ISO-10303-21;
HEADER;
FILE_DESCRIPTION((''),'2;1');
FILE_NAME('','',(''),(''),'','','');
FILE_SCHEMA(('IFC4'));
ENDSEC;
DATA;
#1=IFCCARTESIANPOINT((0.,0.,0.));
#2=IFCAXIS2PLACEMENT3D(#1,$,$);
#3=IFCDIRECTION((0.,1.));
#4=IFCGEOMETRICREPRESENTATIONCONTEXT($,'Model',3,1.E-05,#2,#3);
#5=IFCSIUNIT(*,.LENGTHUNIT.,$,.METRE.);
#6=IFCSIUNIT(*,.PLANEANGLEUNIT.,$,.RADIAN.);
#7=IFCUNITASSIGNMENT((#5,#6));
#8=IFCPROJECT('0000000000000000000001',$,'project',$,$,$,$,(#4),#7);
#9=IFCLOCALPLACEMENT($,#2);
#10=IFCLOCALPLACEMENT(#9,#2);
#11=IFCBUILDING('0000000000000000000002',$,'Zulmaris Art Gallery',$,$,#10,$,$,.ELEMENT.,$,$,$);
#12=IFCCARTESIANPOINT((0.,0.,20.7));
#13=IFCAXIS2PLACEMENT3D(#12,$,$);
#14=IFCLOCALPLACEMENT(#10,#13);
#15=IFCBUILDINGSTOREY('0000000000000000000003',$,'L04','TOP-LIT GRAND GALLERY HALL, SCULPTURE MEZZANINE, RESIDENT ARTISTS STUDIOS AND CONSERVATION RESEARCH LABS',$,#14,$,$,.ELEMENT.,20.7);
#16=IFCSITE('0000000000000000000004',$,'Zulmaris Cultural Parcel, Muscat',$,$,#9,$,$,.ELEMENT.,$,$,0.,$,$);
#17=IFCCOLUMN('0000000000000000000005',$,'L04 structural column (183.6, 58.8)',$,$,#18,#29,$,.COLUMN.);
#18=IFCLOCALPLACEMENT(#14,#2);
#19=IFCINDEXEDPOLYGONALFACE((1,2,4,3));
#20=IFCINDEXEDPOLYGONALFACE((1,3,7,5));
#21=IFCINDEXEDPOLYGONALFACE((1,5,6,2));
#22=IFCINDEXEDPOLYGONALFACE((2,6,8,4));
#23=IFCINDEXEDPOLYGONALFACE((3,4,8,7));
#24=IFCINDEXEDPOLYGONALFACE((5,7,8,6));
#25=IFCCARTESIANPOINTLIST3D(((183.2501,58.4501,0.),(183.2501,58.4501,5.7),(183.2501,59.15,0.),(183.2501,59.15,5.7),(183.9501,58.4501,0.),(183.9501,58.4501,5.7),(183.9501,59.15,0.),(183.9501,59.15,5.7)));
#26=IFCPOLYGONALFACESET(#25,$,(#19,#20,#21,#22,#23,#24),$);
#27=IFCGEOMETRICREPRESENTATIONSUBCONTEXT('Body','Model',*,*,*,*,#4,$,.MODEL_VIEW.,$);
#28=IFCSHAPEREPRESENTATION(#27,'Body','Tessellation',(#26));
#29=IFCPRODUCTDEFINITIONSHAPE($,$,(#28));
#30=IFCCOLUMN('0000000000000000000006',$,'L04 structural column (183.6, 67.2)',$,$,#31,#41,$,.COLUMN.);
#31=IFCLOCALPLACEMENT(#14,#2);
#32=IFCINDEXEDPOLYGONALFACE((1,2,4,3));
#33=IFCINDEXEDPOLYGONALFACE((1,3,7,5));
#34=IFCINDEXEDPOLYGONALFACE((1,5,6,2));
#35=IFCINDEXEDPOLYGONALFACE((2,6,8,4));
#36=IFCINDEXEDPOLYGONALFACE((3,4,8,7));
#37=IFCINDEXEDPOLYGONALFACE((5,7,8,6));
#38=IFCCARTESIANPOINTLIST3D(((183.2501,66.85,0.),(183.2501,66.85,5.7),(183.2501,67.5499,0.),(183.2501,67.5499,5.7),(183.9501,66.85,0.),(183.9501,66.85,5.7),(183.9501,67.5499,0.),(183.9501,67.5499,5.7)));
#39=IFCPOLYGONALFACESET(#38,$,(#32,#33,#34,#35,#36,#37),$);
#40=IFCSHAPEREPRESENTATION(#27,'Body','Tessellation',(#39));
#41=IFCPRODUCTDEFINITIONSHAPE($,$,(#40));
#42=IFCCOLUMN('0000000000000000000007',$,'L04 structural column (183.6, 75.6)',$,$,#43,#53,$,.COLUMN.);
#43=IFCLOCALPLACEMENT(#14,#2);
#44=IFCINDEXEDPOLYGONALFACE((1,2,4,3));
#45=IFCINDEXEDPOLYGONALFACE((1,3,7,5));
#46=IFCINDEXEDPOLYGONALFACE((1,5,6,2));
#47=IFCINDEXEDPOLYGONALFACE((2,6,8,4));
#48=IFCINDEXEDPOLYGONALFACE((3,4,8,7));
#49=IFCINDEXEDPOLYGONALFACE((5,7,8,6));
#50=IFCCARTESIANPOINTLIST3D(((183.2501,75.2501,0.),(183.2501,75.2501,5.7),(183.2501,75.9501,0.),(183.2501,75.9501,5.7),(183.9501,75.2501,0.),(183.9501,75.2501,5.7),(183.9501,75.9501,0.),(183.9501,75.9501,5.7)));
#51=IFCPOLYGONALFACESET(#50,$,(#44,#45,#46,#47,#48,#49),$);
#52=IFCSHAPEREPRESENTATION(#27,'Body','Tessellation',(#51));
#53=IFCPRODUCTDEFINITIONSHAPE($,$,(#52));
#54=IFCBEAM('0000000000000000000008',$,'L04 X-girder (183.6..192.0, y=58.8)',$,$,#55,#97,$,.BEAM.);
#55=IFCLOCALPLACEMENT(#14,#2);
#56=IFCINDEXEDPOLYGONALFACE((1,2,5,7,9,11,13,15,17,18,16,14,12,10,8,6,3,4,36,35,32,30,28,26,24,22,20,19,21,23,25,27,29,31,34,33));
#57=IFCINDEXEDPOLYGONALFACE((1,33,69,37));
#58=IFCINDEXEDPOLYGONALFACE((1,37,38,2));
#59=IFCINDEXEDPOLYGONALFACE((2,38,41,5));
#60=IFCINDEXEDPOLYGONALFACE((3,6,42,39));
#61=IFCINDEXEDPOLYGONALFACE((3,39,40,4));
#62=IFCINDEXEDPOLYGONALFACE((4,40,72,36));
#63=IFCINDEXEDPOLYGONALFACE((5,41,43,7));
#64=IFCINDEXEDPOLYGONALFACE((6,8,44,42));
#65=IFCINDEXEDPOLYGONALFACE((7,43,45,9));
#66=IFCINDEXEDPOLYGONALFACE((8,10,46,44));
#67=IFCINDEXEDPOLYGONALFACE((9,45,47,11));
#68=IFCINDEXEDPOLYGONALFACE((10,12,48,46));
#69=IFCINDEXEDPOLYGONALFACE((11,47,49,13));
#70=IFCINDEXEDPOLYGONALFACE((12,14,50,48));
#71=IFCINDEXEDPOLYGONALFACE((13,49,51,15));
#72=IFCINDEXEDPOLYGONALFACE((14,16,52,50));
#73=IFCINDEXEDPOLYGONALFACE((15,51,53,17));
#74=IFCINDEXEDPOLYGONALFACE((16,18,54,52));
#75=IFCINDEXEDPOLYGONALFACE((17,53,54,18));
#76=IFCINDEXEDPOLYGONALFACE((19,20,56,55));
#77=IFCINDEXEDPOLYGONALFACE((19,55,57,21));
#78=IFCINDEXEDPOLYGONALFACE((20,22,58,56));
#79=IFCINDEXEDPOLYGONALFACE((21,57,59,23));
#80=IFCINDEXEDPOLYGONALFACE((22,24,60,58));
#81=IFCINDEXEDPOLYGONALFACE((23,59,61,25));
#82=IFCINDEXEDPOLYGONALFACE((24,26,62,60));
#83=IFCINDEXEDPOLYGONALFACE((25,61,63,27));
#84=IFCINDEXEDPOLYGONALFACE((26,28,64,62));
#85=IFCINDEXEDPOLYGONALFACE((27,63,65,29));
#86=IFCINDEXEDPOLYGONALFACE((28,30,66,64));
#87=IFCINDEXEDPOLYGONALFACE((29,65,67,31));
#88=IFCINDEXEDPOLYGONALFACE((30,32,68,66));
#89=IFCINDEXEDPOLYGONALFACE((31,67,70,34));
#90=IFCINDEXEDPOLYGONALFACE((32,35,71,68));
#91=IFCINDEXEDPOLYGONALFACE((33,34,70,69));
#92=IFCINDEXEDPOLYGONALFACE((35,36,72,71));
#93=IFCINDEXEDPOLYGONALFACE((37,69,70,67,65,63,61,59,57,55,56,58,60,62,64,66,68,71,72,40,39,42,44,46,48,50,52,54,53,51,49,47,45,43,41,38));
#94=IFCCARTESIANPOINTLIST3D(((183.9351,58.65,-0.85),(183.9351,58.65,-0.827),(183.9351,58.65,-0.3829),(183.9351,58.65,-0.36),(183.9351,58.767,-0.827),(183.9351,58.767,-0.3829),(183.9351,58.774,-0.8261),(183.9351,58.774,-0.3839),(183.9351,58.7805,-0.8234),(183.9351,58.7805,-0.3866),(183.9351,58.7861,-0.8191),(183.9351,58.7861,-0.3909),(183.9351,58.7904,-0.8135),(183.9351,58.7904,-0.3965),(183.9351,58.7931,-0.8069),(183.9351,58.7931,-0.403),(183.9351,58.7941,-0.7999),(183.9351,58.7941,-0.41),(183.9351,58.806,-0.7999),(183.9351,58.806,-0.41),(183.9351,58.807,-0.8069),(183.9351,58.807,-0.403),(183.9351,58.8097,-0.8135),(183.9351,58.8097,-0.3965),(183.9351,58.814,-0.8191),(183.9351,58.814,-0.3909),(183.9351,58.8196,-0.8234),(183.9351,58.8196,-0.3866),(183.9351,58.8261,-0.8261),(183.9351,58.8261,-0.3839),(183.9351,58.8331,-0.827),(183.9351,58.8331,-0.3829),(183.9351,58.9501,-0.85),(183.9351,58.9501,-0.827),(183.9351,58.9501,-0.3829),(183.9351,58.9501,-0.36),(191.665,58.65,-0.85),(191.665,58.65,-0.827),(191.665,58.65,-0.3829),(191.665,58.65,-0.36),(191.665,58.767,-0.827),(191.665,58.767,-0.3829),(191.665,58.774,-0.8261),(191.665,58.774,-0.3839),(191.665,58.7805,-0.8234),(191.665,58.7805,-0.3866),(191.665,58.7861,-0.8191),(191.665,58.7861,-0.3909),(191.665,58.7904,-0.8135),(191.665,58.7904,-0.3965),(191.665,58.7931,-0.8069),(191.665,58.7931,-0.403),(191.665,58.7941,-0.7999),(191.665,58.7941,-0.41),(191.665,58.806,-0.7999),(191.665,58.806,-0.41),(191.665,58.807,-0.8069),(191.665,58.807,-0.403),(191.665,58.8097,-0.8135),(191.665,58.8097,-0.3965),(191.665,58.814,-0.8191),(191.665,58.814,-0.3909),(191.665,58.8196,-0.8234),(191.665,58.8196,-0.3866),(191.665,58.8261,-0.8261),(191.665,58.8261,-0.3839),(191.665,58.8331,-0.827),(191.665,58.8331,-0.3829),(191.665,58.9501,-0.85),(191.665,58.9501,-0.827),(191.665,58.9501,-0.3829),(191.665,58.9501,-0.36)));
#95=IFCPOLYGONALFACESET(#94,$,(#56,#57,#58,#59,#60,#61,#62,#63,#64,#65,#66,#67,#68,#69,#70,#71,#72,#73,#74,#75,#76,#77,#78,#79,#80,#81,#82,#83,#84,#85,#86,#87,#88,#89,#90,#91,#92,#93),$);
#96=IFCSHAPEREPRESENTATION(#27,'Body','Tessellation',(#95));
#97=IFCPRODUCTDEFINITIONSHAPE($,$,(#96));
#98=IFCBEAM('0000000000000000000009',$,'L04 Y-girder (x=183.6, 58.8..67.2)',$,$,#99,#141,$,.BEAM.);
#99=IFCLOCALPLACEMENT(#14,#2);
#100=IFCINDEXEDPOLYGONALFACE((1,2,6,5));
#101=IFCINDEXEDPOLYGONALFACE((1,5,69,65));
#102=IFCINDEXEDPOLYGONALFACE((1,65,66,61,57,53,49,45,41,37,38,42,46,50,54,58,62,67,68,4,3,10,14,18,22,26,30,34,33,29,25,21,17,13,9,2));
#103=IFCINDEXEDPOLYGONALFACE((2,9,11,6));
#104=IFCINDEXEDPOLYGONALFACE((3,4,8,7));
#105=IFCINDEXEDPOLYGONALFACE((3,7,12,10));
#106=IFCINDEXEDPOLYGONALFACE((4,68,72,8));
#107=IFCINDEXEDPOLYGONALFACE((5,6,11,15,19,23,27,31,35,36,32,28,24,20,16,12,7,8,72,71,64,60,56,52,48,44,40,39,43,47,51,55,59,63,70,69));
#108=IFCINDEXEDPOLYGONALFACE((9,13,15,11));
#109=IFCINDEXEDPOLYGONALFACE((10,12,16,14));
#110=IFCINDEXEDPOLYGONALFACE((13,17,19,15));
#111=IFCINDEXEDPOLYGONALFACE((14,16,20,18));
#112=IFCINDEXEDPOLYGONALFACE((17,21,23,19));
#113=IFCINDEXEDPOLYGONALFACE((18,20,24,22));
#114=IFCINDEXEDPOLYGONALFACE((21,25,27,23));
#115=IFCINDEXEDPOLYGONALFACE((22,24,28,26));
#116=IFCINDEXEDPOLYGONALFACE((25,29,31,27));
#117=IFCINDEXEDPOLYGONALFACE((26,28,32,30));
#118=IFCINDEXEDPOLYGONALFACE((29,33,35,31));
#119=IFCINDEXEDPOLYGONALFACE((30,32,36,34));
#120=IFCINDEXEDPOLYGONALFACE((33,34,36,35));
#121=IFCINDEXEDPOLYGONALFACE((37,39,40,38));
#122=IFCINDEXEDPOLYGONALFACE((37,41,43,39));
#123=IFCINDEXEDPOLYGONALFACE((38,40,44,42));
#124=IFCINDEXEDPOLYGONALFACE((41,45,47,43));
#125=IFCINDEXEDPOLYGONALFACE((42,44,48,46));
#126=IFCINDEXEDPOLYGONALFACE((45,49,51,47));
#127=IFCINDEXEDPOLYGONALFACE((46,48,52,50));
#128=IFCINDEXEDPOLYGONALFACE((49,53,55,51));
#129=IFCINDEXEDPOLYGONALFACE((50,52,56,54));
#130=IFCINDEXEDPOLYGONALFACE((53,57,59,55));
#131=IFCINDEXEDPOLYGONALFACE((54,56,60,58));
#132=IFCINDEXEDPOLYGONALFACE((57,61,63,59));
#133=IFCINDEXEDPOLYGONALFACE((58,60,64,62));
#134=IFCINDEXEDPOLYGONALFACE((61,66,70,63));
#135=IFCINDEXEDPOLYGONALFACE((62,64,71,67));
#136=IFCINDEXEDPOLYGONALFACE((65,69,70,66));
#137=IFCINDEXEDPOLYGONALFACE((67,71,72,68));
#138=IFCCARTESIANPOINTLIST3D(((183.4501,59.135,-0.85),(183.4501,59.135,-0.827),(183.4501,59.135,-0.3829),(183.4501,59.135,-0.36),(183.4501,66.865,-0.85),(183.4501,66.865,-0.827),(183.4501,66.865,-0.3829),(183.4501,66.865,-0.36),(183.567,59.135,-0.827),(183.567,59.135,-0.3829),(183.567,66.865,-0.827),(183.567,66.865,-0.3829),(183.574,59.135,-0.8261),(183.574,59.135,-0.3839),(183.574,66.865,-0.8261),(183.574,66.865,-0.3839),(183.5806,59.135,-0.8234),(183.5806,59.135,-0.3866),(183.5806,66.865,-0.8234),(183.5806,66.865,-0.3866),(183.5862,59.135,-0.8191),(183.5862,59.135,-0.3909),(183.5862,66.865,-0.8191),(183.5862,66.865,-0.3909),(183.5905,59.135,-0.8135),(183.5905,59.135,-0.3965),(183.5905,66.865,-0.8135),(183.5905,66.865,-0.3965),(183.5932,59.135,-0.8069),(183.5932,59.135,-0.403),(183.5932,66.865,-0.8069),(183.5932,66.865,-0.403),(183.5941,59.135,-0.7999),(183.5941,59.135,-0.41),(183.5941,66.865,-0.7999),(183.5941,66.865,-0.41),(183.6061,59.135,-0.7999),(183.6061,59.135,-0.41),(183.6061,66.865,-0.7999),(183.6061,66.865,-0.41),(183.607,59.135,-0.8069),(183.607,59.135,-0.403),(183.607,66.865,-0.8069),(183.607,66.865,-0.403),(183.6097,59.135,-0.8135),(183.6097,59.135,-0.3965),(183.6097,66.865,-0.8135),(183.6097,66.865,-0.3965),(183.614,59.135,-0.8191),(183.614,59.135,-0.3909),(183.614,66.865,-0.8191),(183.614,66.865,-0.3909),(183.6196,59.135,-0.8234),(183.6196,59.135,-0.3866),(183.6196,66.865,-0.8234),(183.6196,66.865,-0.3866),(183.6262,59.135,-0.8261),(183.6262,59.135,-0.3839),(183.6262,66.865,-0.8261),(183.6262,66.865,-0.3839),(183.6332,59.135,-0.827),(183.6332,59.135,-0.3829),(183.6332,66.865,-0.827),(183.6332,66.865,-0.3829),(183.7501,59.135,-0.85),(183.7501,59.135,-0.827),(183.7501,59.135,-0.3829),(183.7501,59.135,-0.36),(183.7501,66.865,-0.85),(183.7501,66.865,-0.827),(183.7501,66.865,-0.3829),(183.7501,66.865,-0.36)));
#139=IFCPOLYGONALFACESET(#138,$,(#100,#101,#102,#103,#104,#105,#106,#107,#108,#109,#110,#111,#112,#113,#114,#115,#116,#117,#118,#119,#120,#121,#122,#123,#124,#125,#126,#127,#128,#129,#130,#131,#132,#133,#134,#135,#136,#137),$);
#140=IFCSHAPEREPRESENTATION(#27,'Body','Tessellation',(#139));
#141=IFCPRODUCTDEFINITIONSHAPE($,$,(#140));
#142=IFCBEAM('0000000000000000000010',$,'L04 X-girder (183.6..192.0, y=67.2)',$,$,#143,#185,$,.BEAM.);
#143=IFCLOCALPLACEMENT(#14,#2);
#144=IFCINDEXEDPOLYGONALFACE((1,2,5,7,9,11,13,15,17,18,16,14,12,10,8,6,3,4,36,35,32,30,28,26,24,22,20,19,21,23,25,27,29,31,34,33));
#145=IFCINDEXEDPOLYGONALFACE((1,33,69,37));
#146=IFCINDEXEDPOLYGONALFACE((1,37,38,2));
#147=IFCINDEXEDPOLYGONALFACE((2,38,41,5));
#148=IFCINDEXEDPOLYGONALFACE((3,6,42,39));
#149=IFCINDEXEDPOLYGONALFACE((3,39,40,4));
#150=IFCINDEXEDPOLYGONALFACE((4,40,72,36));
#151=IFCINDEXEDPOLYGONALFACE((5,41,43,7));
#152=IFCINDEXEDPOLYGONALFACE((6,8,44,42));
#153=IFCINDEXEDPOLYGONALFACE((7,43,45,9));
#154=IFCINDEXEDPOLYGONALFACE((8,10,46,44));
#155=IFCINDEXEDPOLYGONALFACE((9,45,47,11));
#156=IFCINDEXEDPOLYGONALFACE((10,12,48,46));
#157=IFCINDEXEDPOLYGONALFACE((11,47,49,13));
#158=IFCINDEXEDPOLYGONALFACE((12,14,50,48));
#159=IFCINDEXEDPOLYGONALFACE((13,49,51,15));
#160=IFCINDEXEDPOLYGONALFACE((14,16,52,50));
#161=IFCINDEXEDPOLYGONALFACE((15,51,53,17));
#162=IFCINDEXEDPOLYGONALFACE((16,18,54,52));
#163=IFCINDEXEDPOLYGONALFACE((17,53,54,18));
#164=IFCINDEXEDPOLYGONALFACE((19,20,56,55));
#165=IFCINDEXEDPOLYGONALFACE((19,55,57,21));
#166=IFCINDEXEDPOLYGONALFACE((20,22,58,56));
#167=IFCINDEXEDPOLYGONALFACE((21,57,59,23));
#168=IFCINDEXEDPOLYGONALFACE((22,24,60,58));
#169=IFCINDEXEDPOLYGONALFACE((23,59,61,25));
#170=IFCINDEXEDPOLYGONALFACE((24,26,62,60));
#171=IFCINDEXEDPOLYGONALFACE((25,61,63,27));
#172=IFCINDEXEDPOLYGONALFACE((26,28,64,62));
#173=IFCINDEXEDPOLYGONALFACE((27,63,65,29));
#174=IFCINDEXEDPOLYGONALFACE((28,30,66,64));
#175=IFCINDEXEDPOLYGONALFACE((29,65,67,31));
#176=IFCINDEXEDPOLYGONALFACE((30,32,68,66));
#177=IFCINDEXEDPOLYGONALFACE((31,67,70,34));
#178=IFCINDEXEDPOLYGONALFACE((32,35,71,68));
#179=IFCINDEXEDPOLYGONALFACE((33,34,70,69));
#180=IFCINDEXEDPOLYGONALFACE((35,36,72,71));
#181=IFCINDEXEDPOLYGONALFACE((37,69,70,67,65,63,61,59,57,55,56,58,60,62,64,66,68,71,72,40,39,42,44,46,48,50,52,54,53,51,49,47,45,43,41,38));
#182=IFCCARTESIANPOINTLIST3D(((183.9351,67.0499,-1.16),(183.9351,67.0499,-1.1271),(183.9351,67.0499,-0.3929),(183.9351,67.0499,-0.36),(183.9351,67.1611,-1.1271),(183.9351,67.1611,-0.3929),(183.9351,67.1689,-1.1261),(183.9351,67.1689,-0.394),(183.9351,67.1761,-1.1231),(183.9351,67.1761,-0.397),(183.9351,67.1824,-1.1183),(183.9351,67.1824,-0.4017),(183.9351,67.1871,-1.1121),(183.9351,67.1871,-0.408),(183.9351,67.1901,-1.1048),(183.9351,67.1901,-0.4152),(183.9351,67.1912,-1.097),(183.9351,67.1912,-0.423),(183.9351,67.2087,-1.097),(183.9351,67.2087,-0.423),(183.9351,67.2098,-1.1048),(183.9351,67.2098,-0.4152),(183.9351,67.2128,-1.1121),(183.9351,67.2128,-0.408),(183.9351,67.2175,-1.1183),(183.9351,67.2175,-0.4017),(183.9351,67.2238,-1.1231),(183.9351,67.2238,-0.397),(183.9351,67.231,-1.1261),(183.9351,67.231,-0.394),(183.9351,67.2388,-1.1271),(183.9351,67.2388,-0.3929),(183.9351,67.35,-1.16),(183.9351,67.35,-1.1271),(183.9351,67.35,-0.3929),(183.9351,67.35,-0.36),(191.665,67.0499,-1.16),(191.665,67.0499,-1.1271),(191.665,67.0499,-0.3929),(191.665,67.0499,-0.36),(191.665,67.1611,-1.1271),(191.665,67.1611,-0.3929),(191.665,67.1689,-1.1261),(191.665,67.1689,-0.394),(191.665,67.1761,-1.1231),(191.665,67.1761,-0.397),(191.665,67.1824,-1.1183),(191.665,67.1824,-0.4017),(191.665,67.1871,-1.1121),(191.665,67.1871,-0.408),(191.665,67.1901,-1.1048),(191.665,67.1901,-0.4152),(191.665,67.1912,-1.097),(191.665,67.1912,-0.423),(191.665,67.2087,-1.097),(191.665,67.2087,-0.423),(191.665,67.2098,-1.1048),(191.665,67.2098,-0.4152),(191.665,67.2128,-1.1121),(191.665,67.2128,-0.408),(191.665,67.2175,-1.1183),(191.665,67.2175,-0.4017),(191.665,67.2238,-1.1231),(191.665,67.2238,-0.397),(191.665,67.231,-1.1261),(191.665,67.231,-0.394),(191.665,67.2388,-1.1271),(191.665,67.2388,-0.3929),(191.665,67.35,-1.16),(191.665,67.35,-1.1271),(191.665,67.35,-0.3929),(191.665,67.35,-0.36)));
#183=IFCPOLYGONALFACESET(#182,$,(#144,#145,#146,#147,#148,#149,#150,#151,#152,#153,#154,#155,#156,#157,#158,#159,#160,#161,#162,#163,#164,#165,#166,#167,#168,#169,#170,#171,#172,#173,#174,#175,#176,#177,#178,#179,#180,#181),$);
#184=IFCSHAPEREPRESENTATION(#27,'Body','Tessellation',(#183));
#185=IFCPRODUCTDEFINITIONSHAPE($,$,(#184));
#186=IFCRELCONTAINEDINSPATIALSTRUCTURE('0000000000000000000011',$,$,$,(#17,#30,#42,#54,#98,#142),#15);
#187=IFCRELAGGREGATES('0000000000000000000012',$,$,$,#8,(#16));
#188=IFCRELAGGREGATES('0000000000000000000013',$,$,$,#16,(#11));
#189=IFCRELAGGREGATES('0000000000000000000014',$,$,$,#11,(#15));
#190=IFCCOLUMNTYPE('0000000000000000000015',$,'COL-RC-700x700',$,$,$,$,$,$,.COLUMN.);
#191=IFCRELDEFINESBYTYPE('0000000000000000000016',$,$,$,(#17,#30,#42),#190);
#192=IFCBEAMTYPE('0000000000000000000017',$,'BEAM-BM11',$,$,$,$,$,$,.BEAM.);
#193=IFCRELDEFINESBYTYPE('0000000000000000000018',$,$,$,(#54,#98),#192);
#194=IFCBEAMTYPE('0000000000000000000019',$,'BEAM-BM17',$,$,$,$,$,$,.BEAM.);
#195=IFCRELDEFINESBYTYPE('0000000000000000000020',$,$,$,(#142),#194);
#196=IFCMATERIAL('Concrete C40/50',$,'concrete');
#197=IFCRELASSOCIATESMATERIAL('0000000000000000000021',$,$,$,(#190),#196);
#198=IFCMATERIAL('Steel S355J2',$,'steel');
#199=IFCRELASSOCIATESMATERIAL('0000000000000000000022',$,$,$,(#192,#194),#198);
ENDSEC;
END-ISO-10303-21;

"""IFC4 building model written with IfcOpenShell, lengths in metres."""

from ifc_helpers import new_model, si_unit, direction, frame, origin, origin_2d, place, context, subcontext, project, spatial, rectangle, i_section, extrude, material, material_profile, profile_set, type_object, element, save


model = new_model("IFC4")

# Units and contexts
model_context = context("Model", 3, precision=1e-05, world=origin(), true_north=direction((0.0, 1.0)))
body_context = subcontext(model_context, "Body", "Model", "MODEL_VIEW")
ifc_project = project(units=[si_unit("LENGTHUNIT", "METRE"), si_unit("PLANEANGLEUNIT", "RADIAN")], contexts=[model_context])

# Site, building, storey
site_placement = place(None, origin())
site = spatial("IfcSite", under=ifc_project, at=site_placement, Name="Zulmaris Cultural Parcel, Muscat", CompositionType="ELEMENT", RefElevation=0.0)
building_placement = place(site_placement, origin())
building = spatial("IfcBuilding", under=site, at=building_placement, Name="Zulmaris Art Gallery", CompositionType="ELEMENT")
storey_placement = place(building_placement, frame((0.0, 0.0, 20.7)))
storey = spatial("IfcBuildingStorey", under=building, at=storey_placement, Name="L04", Description="TOP-LIT GRAND GALLERY HALL, SCULPTURE MEZZANINE, RESIDENT ARTISTS STUDIOS AND CONSERVATION RESEARCH LABS", CompositionType="ELEMENT", Elevation=20.7)

# Columns
ifc_material_1 = material(Name="Concrete C40/50", Category="concrete")
ifc_material_profile_1 = material_profile(ifc_material_1, rectangle(XDim=0.7, YDim=0.7, at=origin_2d()), Name="RC 700x700")
ifc_profile_set_1 = profile_set([ifc_material_profile_1], Name="Concrete C40/50")
column_type = type_object("IfcColumnType", Name="COL-RC-700x700", PredefinedType="COLUMN", material=ifc_profile_set_1)
for number, where, z_axis, x_axis, name in (
    (1, (183.6001, 58.8, 0.0), (0.0, 0.0, 1.0), (1.0, 0.0, 0.0), "L04 structural column (183.6, 58.8)"),
    (2, (183.6001, 67.2, 0.0), (0.0, 0.0, 1.0), (1.0, 0.0, 0.0), "L04 structural column (183.6, 67.2)"),
    (3, (183.6001, 75.6001, 0.0), (0.0, 0.0, 1.0), (1.0, 0.0, 0.0), "L04 structural column (183.6, 75.6)"),
):
    element("IfcColumn", number, at=place(storey_placement, frame(where, z_axis=z_axis, x_axis=x_axis)), inside=storey, type_object=column_type, Name=name, PredefinedType="COLUMN", context=body_context, shape_type="SweptSolid", body=[
        extrude(rectangle(XDim=0.7, YDim=0.7, at=origin_2d()), origin(), (0.0, 0.0, 1.0), 5.7),
    ])

# Beams
ifc_material_2 = material(Name="Steel S355J2", Category="steel")
ifc_material_profile_2 = material_profile(ifc_material_2, i_section(OverallWidth=0.3, OverallDepth=0.49, WebThickness=0.012, FlangeThickness=0.0229, FilletRadius=0.0271, at=origin_2d()), Name="HEA 500")
ifc_profile_set_2 = profile_set([ifc_material_profile_2], Name="Steel S355J2")
beam_type_1 = type_object("IfcBeamType", Name="BEAM-BM11", PredefinedType="BEAM", material=ifc_profile_set_2)
for number, where, z_axis, x_axis, name in (
    (4, (183.9351, 58.8, -0.605), (1.0, 0.0, 0.0), (0.0, 1.0, 0.0), "L04 X-girder (183.6..192.0, y=58.8)"),
    (5, (183.6001, 59.135, -0.605), (0.0, 1.0, 0.0), (-1.0, 0.0, 0.0), "L04 Y-girder (x=183.6, 58.8..67.2)"),
):
    element("IfcBeam", number, at=place(storey_placement, frame(where, z_axis=z_axis, x_axis=x_axis)), inside=storey, type_object=beam_type_1, Name=name, PredefinedType="BEAM", context=body_context, shape_type="SweptSolid", body=[
        extrude(i_section(OverallWidth=0.3, OverallDepth=0.49, WebThickness=0.012, FlangeThickness=0.0229, FilletRadius=0.0271, at=origin_2d()), origin(), (0.0, 0.0, 1.0), 7.73),
    ])
ifc_material_profile_3 = material_profile(ifc_material_2, i_section(OverallWidth=0.3, OverallDepth=0.8, WebThickness=0.0176, FlangeThickness=0.033, FilletRadius=0.03, at=origin_2d()), Name="HEB 800")
ifc_profile_set_3 = profile_set([ifc_material_profile_3], Name="Steel S355J2")
beam_type_2 = type_object("IfcBeamType", Name="BEAM-BM17", PredefinedType="BEAM", material=ifc_profile_set_3)
for number, where, z_axis, x_axis, name in (
    (6, (183.9351, 67.2, -0.76), (1.0, 0.0, 0.0), (0.0, 1.0, 0.0), "L04 X-girder (183.6..192.0, y=67.2)"),
):
    element("IfcBeam", number, at=place(storey_placement, frame(where, z_axis=z_axis, x_axis=x_axis)), inside=storey, type_object=beam_type_2, Name=name, PredefinedType="BEAM", context=body_context, shape_type="SweptSolid", body=[
        extrude(i_section(OverallWidth=0.3, OverallDepth=0.8, WebThickness=0.0176, FlangeThickness=0.033, FilletRadius=0.03, at=origin_2d()), origin(), (0.0, 0.0, 1.0), 7.73),
    ])

save(model, "model.ifc")
